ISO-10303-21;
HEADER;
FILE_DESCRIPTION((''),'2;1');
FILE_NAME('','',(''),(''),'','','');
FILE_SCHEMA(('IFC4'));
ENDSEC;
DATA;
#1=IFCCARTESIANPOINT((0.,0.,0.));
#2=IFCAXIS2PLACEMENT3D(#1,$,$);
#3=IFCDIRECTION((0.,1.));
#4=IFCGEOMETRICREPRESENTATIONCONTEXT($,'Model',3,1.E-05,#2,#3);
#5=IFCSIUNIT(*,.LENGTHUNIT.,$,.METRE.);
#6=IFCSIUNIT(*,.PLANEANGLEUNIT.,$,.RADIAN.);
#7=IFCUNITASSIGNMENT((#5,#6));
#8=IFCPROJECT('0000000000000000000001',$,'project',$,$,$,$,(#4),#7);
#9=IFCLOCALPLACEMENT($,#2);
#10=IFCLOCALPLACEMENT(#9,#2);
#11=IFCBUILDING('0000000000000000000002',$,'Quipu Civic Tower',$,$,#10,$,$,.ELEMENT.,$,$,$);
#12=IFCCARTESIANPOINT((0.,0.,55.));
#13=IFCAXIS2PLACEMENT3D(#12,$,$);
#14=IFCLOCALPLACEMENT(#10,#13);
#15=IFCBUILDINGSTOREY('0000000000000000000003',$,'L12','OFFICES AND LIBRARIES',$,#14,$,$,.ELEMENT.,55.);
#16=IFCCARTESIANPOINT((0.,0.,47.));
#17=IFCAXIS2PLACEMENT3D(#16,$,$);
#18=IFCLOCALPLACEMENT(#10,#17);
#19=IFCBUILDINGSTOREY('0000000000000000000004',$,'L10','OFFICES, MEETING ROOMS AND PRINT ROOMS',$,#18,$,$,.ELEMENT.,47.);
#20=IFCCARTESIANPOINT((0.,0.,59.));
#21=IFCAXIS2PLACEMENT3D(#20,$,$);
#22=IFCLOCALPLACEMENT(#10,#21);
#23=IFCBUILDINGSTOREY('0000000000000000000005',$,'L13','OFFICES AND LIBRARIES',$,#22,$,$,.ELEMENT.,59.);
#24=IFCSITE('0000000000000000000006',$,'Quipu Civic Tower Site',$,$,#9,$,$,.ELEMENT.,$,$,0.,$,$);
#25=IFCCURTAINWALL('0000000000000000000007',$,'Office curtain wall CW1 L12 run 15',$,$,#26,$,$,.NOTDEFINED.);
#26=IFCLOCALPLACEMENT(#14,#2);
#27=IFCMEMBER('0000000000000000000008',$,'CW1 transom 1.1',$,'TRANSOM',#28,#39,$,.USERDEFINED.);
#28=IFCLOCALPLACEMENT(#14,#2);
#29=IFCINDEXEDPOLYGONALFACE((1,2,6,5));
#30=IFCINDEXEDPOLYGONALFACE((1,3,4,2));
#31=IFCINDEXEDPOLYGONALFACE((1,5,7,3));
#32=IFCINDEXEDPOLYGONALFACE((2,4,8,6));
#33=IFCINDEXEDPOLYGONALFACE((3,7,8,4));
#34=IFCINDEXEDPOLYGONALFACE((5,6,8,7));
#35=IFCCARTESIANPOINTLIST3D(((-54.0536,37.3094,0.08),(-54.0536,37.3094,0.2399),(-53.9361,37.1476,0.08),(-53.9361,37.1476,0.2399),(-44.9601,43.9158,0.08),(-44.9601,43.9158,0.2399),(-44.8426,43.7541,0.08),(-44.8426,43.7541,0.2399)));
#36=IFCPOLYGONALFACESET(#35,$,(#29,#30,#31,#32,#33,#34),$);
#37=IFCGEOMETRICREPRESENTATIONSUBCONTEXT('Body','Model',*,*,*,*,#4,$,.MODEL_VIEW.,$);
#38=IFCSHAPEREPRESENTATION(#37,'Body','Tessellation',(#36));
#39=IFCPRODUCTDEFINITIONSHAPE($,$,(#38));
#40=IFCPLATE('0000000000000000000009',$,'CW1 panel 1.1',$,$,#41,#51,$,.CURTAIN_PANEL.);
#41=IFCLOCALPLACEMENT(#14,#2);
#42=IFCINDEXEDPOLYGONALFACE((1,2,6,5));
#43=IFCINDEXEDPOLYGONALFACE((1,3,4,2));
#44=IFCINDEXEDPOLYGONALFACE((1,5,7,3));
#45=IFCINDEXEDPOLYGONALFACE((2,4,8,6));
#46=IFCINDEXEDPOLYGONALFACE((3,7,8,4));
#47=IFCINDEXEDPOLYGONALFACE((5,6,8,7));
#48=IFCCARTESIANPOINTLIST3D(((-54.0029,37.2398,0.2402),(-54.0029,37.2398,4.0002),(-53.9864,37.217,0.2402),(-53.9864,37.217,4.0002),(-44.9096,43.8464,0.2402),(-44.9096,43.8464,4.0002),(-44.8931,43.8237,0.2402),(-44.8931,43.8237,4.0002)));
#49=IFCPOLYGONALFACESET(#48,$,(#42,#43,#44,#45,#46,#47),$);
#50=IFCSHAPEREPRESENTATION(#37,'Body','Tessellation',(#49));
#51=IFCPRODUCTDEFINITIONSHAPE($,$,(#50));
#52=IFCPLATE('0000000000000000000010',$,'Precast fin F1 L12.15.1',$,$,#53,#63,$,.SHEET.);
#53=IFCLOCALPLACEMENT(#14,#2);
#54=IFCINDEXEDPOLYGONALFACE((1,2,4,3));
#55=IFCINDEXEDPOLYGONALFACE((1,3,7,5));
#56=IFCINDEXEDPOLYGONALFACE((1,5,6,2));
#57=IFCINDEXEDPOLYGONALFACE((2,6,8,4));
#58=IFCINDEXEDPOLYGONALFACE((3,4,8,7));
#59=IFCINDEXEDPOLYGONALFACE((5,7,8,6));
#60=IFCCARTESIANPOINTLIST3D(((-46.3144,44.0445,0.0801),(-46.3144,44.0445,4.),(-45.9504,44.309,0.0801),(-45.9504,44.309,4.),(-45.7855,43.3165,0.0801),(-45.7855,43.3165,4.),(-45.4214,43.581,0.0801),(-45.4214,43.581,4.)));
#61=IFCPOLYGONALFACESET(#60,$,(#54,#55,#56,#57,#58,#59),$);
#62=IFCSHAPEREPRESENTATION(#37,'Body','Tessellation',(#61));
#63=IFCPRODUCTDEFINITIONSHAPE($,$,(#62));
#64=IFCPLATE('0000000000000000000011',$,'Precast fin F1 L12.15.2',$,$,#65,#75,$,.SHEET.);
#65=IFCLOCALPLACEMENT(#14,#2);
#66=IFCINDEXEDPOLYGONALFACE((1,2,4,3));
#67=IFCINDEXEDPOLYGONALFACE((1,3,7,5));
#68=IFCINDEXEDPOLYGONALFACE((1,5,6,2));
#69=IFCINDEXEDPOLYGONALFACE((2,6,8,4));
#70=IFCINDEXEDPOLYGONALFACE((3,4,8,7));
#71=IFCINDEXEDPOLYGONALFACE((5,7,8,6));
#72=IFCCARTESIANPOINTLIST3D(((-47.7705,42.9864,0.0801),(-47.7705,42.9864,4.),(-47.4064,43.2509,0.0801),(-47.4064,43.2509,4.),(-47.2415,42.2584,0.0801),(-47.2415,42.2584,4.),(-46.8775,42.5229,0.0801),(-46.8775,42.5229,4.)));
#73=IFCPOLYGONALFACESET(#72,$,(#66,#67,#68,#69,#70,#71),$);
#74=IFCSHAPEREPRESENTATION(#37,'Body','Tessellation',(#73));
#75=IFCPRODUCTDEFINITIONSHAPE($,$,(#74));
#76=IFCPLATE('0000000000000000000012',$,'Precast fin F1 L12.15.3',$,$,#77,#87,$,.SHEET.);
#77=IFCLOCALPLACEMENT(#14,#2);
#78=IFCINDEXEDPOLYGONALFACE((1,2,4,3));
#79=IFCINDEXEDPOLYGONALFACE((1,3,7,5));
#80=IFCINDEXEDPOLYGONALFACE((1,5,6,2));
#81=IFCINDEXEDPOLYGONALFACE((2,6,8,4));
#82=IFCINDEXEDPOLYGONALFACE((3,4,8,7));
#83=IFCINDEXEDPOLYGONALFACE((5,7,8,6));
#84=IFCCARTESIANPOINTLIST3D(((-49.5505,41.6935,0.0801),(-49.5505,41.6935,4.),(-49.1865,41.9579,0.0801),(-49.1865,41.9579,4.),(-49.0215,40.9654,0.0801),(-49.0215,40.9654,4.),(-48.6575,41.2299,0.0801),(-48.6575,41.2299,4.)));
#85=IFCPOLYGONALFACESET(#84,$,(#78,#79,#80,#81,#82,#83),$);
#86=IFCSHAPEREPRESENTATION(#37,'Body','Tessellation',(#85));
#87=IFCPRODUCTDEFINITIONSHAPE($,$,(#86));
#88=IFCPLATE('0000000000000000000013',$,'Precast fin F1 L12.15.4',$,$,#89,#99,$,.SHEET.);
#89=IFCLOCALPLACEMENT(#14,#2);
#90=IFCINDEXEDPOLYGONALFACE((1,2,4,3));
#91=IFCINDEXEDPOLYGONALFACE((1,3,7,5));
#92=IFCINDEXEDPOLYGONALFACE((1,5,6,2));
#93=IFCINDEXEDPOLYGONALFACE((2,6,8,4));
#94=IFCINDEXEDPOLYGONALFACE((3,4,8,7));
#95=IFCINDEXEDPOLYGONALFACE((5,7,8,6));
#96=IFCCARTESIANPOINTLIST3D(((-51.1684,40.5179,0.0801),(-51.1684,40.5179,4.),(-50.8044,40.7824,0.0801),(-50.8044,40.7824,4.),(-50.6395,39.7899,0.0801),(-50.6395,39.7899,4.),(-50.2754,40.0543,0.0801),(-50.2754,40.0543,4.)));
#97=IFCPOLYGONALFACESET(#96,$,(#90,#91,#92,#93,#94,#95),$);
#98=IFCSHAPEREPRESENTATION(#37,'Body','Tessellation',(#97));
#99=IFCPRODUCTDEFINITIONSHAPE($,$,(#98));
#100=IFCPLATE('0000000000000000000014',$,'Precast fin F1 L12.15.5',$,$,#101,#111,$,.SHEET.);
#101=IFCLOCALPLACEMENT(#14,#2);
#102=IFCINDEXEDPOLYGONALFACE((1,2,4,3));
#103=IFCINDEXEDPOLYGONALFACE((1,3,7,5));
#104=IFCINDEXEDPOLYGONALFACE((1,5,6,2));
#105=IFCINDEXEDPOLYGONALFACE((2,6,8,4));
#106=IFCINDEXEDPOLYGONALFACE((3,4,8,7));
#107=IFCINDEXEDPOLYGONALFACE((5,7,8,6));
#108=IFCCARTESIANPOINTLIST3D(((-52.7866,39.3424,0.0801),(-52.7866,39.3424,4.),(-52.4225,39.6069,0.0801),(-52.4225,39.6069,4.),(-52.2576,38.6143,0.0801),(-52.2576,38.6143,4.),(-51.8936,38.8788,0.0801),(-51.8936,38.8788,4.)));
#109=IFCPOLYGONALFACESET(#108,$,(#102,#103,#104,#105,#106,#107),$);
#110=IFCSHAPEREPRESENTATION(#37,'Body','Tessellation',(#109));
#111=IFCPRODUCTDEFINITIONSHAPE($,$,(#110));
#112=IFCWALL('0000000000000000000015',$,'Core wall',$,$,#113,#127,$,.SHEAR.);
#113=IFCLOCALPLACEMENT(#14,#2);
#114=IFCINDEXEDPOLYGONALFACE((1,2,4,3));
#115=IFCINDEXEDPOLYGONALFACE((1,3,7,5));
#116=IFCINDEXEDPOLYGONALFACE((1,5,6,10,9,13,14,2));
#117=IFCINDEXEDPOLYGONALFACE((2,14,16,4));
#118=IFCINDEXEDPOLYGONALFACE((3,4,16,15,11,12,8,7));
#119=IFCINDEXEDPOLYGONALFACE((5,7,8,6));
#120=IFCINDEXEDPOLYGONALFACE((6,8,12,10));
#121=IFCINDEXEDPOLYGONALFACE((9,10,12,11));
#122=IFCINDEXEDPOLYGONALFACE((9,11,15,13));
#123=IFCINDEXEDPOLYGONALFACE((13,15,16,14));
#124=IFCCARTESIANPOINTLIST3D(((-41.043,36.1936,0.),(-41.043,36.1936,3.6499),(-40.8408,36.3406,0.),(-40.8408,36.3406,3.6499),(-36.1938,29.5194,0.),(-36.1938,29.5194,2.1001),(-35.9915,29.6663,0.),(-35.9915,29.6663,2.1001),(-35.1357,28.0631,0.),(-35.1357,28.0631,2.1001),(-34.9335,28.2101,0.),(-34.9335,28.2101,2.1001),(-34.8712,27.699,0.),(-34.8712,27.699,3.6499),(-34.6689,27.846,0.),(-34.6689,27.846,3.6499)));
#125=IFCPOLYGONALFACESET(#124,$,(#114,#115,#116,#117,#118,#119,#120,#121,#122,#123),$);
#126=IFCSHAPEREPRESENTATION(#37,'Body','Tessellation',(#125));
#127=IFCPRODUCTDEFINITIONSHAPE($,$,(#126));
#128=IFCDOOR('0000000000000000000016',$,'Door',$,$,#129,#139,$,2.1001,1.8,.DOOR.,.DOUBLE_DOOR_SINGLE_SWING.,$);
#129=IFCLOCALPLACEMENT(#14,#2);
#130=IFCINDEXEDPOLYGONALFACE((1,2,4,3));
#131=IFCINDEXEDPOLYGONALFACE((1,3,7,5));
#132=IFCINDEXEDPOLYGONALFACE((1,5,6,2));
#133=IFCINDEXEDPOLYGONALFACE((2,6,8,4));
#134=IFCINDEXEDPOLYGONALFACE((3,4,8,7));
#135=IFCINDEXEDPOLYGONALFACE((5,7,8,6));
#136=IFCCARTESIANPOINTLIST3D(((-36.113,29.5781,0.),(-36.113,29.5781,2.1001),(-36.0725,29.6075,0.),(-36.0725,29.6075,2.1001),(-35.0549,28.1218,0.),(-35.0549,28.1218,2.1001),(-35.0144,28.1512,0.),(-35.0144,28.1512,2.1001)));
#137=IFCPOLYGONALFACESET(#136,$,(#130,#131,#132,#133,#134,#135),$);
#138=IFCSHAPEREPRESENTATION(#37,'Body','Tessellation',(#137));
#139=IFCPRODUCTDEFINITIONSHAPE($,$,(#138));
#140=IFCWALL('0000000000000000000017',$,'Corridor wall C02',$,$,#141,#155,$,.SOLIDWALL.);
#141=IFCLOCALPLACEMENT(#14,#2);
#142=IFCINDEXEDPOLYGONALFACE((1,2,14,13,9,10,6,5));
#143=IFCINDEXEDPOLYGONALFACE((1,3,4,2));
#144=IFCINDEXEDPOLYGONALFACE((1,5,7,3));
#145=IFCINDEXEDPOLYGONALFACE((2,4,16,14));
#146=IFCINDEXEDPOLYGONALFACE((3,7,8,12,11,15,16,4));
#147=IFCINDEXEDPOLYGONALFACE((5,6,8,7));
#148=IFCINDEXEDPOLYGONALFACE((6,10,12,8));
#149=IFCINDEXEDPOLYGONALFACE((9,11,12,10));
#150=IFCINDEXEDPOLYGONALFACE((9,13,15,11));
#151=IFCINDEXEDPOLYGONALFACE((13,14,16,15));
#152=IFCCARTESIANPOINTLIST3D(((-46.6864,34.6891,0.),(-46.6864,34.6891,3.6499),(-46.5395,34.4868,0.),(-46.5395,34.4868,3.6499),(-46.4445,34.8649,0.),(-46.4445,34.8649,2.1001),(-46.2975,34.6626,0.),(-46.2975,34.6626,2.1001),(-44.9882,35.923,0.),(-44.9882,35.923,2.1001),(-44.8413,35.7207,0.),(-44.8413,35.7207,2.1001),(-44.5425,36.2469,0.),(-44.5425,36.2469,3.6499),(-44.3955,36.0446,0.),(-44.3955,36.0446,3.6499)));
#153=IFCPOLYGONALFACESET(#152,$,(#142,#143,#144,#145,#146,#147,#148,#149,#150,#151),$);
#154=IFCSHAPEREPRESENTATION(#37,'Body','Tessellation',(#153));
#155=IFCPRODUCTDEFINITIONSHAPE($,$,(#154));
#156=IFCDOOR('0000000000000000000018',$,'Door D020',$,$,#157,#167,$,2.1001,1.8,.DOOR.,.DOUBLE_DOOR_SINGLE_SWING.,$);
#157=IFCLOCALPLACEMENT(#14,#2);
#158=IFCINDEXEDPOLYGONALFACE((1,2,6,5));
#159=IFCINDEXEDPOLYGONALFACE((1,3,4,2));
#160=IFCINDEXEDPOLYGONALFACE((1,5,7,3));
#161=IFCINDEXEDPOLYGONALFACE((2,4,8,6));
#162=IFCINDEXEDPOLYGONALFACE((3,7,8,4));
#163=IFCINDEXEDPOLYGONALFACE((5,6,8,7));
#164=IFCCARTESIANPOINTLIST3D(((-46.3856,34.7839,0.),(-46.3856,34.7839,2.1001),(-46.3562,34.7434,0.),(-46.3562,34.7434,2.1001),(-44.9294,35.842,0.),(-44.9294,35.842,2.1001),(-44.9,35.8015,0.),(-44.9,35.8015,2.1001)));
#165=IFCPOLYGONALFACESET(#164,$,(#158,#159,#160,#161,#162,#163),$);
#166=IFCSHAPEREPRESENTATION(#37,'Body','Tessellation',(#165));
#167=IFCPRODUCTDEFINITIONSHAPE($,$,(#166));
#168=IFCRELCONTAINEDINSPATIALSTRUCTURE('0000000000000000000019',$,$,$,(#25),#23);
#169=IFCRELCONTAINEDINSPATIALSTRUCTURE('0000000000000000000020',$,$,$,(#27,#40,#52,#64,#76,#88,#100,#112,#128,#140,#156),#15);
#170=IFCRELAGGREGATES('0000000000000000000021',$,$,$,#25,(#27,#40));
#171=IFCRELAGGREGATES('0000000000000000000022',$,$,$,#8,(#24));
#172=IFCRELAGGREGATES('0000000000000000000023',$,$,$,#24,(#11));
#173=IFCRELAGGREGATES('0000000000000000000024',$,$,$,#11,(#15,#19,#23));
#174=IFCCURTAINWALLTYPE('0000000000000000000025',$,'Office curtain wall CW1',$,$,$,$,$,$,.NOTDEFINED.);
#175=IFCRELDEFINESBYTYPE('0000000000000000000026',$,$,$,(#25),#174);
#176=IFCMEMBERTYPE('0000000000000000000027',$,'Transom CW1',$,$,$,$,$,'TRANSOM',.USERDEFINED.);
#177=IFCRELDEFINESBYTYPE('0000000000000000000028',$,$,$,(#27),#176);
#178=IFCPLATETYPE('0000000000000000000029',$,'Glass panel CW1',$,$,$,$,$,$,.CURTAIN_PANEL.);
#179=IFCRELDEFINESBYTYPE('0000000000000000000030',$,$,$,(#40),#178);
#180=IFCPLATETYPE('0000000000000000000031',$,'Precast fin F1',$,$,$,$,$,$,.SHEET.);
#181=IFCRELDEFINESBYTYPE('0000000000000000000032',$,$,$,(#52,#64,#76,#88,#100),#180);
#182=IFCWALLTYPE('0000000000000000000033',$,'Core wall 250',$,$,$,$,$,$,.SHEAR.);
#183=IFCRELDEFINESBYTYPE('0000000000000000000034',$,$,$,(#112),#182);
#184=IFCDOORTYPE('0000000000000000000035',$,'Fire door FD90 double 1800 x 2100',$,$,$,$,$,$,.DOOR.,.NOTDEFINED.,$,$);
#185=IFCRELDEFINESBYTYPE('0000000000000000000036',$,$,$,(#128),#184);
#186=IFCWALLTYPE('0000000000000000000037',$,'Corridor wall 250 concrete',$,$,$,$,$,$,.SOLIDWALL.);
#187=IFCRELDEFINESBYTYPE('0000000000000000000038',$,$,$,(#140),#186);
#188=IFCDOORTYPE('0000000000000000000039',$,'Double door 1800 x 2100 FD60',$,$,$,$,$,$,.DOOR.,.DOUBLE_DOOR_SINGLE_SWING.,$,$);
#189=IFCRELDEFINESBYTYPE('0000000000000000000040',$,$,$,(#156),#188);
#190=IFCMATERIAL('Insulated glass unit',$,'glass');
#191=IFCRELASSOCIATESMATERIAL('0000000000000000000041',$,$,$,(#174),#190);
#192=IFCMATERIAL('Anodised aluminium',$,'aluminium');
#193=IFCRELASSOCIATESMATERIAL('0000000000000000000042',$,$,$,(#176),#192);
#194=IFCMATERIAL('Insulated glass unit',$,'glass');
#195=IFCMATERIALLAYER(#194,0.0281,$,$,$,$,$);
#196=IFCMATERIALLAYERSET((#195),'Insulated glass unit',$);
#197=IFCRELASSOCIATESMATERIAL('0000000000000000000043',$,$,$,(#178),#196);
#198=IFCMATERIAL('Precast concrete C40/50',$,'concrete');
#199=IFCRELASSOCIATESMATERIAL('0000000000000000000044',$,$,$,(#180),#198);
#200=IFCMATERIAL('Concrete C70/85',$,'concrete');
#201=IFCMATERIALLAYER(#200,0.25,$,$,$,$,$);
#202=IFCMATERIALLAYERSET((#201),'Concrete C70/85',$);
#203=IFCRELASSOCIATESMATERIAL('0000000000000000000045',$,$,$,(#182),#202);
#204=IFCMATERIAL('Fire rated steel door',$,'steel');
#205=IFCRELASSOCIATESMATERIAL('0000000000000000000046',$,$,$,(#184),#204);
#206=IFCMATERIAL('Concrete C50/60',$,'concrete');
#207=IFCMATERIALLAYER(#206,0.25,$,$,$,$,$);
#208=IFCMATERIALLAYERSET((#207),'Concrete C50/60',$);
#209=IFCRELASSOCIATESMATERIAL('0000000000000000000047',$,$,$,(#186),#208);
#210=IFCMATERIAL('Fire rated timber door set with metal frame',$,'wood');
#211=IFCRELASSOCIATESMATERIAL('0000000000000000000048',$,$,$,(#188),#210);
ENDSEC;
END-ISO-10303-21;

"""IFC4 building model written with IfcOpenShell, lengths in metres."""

from ifc_helpers import new_model, si_unit, direction, frame, frame_2d, origin, origin_2d, place, context, subcontext, project, spatial, rectangle, extrude, material, layer, layer_set, material_profile, profile_set, type_object, element, fill, aggregate, save


model = new_model("IFC4")

# Units and contexts
model_context = context("Model", 3, precision=1e-05, world=origin(), true_north=direction((0.0, 1.0)))
body_context = subcontext(model_context, "Body", "Model", "MODEL_VIEW")
ifc_project = project(units=[si_unit("LENGTHUNIT", "METRE"), si_unit("PLANEANGLEUNIT", "RADIAN")], contexts=[model_context])

# Site, building, storey
site_placement = place(None, origin())
site = spatial("IfcSite", under=ifc_project, at=site_placement, Name="Quipu Civic Tower Site", CompositionType="ELEMENT", RefElevation=0.0)
building_placement = place(site_placement, origin())
building = spatial("IfcBuilding", under=site, at=building_placement, Name="Quipu Civic Tower", CompositionType="ELEMENT")
storey_1_placement = place(building_placement, frame((0.0, 0.0, 55.0)))
storey_1 = spatial("IfcBuildingStorey", under=building, at=storey_1_placement, Name="L12", Description="OFFICES AND LIBRARIES", CompositionType="ELEMENT", Elevation=55.0)

# Shared definitions
storey_2_placement = place(building_placement, frame((0.0, 0.0, 47.0)))
storey_2 = spatial("IfcBuildingStorey", under=building, at=storey_2_placement, Name="L10", Description="OFFICES, MEETING ROOMS AND PRINT ROOMS", CompositionType="ELEMENT", Elevation=47.0)

# Shared definitions
ifc_material_1 = material(Name="Insulated glass unit", Category="glass")
curtain_wall_type = type_object("IfcCurtainWallType", Name="Office curtain wall CW1", PredefinedType="NOTDEFINED", material=ifc_material_1)
ifc_material_2 = material(Name="Anodised aluminium", Category="aluminium")
ifc_material_profile_1 = material_profile(ifc_material_2, rectangle(XDim=0.2, YDim=0.1599, at=origin_2d()), Name="RECT 200x160")
ifc_profile_set_1 = profile_set([ifc_material_profile_1], Name="Anodised aluminium")
member_type = type_object("IfcMemberType", Name="Transom CW1", ElementType="TRANSOM", PredefinedType="USERDEFINED", material=ifc_profile_set_1)

# Shared definitions
storey_3_placement = place(building_placement, frame((0.0, 0.0, 59.0)))
storey_3 = spatial("IfcBuildingStorey", under=building, at=storey_3_placement, Name="L13", Description="OFFICES AND LIBRARIES", CompositionType="ELEMENT", Elevation=59.0)

# Curtain wall, member, plate
curtain_wall_1_placement = place(storey_3_placement, origin())
curtain_wall_1 = element("IfcCurtainWall", 1, at=curtain_wall_1_placement, inside=storey_3, type_object=curtain_wall_type, Name="Office curtain wall CW1 L12 run 15", PredefinedType="NOTDEFINED")
member_1_placement = place(storey_1_placement, frame((-44.9014, 43.835, 0.1599), z_axis=(-0.809033, -0.587764, 0.0), x_axis=(0.587764, -0.809033, 0.0)))
member_1 = element("IfcMember", 2, at=member_1_placement, inside=storey_1, type_object=member_type, Name="CW1 transom 1.1", ObjectType="TRANSOM", PredefinedType="USERDEFINED", context=body_context, shape_type="SweptSolid", body=[
    extrude(rectangle(XDim=0.2, YDim=0.1599, at=origin_2d()), origin(), (0.0, 0.0, 1.0), 11.24),
])
ifc_material_3 = material(Name="Insulated glass unit", Category="glass")
ifc_layer_1 = layer(ifc_material_3, 0.0281)
ifc_layer_set_1 = layer_set([ifc_layer_1], Name="Insulated glass unit")
plate_type_1 = type_object("IfcPlateType", Name="Glass panel CW1", PredefinedType="CURTAIN_PANEL", material=ifc_layer_set_1)
plate_placement = place(storey_1_placement, frame((-49.448, 40.5317, 0.2402), z_axis=(0.0, 0.0, 1.0), x_axis=(-0.809019, -0.587782, 0.0)))
plate = element("IfcPlate", 3, at=plate_placement, inside=storey_1, type_object=plate_type_1, Name="CW1 panel 1.1", PredefinedType="CURTAIN_PANEL", context=body_context, shape_type="SweptSolid", body=[
    extrude(rectangle(XDim=11.24, YDim=0.0281, at=origin_2d()), origin(), (0.0, 0.0, 1.0), 3.76),
])
aggregate(curtain_wall_1, [member_1, plate])

# Plates
ifc_material_4 = material(Name="Precast concrete C40/50", Category="concrete")
plate_type_2 = type_object("IfcPlateType", Name="Precast fin F1", PredefinedType="SHEET", material=ifc_material_4)
for number, where, z_axis, x_axis, name in (
    (4, (-45.8679, 43.8127, 0.0801), (0.0, 0.0, 1.0), (-0.809021, -0.587779, 0.0), "Precast fin F1 L12.15.1"),
    (5, (-47.324, 42.7546, 0.0801), (0.0, 0.0, 1.0), (-0.809021, -0.587779, 0.0), "Precast fin F1 L12.15.2"),
    (6, (-49.104, 41.4617, 0.0801), (0.0, 0.0, 1.0), (-0.809021, -0.587779, 0.0), "Precast fin F1 L12.15.3"),
    (7, (-50.7219, 40.2861, 0.0801), (0.0, 0.0, 1.0), (-0.809021, -0.587779, 0.0), "Precast fin F1 L12.15.4"),
    (8, (-52.3401, 39.1106, 0.0801), (0.0, 0.0, 1.0), (-0.809021, -0.587779, 0.0), "Precast fin F1 L12.15.5"),
):
    element("IfcPlate", number, at=place(storey_1_placement, frame(where, z_axis=z_axis, x_axis=x_axis)), inside=storey_1, type_object=plate_type_2, Name=name, PredefinedType="SHEET", context=body_context, shape_type="SweptSolid", body=[
        extrude(rectangle(XDim=0.45, YDim=0.8999, at=origin_2d()), origin(), (0.0, 0.0, 1.0), 3.9199),
    ])

# Walls, openings, doors
ifc_material_5 = material(Name="Concrete C70/85", Category="concrete")
ifc_layer_2 = layer(ifc_material_5, 0.25)
ifc_layer_set_2 = layer_set([ifc_layer_2], Name="Concrete C70/85")
wall_type_1 = type_object("IfcWallType", Name="Core wall 250", PredefinedType="SHEAR", material=ifc_layer_set_2)
wall_1_placement = place(storey_1_placement, frame((-40.9419, 36.2671, 0.0), z_axis=(0.0, 0.0, 1.0), x_axis=(0.587796, -0.809009, 0.0)))
wall_1 = element("IfcWall", 9, at=wall_1_placement, inside=storey_1, type_object=wall_type_1, Name="Core wall", PredefinedType="SHEAR", context=body_context, shape_type="SweptSolid", body=[
    extrude(rectangle(XDim=10.5, YDim=0.25, at=frame_2d((5.25, 0.0))), origin(), (0.0, 0.0, 1.0), 3.6499),
])
opening_1_placement = place(wall_1_placement, frame((8.25, 0.0, 0.0)))
opening_1 = element("IfcOpeningElement", 10, at=opening_1_placement, cuts=wall_1, PredefinedType="OPENING", context=body_context, shape_type="SweptSolid", body=[
    extrude(rectangle(XDim=1.8, YDim=2.1001, at=frame_2d((0.8999, 1.05))), frame((0.0, 0.135, 0.0), z_axis=(0.0, -1.0, 0.0), x_axis=(1.0, 0.0, 0.0)), (0.0, 0.0, 1.0), 0.27),
])
ifc_material_6 = material(Name="Fire rated steel door", Category="steel")
door_type_1 = type_object("IfcDoorType", Name="Fire door FD90 double 1800 x 2100", OperationType="NOTDEFINED", PredefinedType="DOOR", material=ifc_material_6)
door_1_placement = place(opening_1_placement, origin())
door_1 = element("IfcDoor", 11, at=door_1_placement, inside=storey_1, type_object=door_type_1, Name="Door", OperationType="DOUBLE_DOOR_SINGLE_SWING", OverallHeight=2.1001, OverallWidth=1.8, PredefinedType="DOOR", context=body_context, shape_type="SweptSolid", body=[
    extrude(rectangle(XDim=1.8, YDim=2.1001, at=frame_2d((0.8999, 1.05))), frame((0.0, 0.0249, 0.0), z_axis=(0.0, -1.0, 0.0), x_axis=(1.0, 0.0, 0.0)), (0.0, 0.0, 1.0), 0.05),
])
fill(opening_1, door_1)
ifc_material_7 = material(Name="Concrete C50/60", Category="concrete")
ifc_layer_3 = layer(ifc_material_7, 0.25)
ifc_layer_set_3 = layer_set([ifc_layer_3], Name="Concrete C50/60")
wall_type_2 = type_object("IfcWallType", Name="Corridor wall 250 concrete", PredefinedType="SOLIDWALL", material=ifc_layer_set_3)
wall_2_placement = place(storey_1_placement, frame((-46.613, 34.5879, 0.0), z_axis=(0.0, 0.0, 1.0), x_axis=(0.808995, 0.587816, 0.0)))
wall_2 = element("IfcWall", 12, at=wall_2_placement, inside=storey_1, type_object=wall_type_2, Name="Corridor wall C02", PredefinedType="SOLIDWALL", context=body_context, shape_type="SweptSolid", body=[
    extrude(rectangle(XDim=2.6501, YDim=0.25, at=frame_2d((1.3252, 0.0))), origin(), (0.0, 0.0, 1.0), 3.6499),
])
opening_2_placement = place(wall_2_placement, frame((0.2993, 0.0, 0.0)))
opening_2 = element("IfcOpeningElement", 13, at=opening_2_placement, cuts=wall_2, PredefinedType="OPENING", context=body_context, shape_type="SweptSolid", body=[
    extrude(rectangle(XDim=1.8, YDim=2.1001, at=frame_2d((0.8999, 1.05))), frame((0.0, 0.135, 0.0), z_axis=(0.0, -1.0, 0.0), x_axis=(1.0, 0.0, 0.0)), (0.0, 0.0, 1.0), 0.27),
])
ifc_material_8 = material(Name="Fire rated timber door set with metal frame", Category="wood")
door_type_2 = type_object("IfcDoorType", Name="Double door 1800 x 2100 FD60", OperationType="DOUBLE_DOOR_SINGLE_SWING", PredefinedType="DOOR", material=ifc_material_8)
door_2_placement = place(opening_2_placement, origin())
door_2 = element("IfcDoor", 14, at=door_2_placement, inside=storey_1, type_object=door_type_2, Name="Door D020", OperationType="DOUBLE_DOOR_SINGLE_SWING", OverallHeight=2.1001, OverallWidth=1.8, PredefinedType="DOOR", context=body_context, shape_type="SweptSolid", body=[
    extrude(rectangle(XDim=1.8, YDim=2.1001, at=frame_2d((0.8999, 1.05))), frame((0.0, 0.0249, 0.0), z_axis=(0.0, -1.0, 0.0), x_axis=(1.0, 0.0, 0.0)), (0.0, 0.0, 1.0), 0.05),
])
fill(opening_2, door_2)

save(model, "model.ifc")
